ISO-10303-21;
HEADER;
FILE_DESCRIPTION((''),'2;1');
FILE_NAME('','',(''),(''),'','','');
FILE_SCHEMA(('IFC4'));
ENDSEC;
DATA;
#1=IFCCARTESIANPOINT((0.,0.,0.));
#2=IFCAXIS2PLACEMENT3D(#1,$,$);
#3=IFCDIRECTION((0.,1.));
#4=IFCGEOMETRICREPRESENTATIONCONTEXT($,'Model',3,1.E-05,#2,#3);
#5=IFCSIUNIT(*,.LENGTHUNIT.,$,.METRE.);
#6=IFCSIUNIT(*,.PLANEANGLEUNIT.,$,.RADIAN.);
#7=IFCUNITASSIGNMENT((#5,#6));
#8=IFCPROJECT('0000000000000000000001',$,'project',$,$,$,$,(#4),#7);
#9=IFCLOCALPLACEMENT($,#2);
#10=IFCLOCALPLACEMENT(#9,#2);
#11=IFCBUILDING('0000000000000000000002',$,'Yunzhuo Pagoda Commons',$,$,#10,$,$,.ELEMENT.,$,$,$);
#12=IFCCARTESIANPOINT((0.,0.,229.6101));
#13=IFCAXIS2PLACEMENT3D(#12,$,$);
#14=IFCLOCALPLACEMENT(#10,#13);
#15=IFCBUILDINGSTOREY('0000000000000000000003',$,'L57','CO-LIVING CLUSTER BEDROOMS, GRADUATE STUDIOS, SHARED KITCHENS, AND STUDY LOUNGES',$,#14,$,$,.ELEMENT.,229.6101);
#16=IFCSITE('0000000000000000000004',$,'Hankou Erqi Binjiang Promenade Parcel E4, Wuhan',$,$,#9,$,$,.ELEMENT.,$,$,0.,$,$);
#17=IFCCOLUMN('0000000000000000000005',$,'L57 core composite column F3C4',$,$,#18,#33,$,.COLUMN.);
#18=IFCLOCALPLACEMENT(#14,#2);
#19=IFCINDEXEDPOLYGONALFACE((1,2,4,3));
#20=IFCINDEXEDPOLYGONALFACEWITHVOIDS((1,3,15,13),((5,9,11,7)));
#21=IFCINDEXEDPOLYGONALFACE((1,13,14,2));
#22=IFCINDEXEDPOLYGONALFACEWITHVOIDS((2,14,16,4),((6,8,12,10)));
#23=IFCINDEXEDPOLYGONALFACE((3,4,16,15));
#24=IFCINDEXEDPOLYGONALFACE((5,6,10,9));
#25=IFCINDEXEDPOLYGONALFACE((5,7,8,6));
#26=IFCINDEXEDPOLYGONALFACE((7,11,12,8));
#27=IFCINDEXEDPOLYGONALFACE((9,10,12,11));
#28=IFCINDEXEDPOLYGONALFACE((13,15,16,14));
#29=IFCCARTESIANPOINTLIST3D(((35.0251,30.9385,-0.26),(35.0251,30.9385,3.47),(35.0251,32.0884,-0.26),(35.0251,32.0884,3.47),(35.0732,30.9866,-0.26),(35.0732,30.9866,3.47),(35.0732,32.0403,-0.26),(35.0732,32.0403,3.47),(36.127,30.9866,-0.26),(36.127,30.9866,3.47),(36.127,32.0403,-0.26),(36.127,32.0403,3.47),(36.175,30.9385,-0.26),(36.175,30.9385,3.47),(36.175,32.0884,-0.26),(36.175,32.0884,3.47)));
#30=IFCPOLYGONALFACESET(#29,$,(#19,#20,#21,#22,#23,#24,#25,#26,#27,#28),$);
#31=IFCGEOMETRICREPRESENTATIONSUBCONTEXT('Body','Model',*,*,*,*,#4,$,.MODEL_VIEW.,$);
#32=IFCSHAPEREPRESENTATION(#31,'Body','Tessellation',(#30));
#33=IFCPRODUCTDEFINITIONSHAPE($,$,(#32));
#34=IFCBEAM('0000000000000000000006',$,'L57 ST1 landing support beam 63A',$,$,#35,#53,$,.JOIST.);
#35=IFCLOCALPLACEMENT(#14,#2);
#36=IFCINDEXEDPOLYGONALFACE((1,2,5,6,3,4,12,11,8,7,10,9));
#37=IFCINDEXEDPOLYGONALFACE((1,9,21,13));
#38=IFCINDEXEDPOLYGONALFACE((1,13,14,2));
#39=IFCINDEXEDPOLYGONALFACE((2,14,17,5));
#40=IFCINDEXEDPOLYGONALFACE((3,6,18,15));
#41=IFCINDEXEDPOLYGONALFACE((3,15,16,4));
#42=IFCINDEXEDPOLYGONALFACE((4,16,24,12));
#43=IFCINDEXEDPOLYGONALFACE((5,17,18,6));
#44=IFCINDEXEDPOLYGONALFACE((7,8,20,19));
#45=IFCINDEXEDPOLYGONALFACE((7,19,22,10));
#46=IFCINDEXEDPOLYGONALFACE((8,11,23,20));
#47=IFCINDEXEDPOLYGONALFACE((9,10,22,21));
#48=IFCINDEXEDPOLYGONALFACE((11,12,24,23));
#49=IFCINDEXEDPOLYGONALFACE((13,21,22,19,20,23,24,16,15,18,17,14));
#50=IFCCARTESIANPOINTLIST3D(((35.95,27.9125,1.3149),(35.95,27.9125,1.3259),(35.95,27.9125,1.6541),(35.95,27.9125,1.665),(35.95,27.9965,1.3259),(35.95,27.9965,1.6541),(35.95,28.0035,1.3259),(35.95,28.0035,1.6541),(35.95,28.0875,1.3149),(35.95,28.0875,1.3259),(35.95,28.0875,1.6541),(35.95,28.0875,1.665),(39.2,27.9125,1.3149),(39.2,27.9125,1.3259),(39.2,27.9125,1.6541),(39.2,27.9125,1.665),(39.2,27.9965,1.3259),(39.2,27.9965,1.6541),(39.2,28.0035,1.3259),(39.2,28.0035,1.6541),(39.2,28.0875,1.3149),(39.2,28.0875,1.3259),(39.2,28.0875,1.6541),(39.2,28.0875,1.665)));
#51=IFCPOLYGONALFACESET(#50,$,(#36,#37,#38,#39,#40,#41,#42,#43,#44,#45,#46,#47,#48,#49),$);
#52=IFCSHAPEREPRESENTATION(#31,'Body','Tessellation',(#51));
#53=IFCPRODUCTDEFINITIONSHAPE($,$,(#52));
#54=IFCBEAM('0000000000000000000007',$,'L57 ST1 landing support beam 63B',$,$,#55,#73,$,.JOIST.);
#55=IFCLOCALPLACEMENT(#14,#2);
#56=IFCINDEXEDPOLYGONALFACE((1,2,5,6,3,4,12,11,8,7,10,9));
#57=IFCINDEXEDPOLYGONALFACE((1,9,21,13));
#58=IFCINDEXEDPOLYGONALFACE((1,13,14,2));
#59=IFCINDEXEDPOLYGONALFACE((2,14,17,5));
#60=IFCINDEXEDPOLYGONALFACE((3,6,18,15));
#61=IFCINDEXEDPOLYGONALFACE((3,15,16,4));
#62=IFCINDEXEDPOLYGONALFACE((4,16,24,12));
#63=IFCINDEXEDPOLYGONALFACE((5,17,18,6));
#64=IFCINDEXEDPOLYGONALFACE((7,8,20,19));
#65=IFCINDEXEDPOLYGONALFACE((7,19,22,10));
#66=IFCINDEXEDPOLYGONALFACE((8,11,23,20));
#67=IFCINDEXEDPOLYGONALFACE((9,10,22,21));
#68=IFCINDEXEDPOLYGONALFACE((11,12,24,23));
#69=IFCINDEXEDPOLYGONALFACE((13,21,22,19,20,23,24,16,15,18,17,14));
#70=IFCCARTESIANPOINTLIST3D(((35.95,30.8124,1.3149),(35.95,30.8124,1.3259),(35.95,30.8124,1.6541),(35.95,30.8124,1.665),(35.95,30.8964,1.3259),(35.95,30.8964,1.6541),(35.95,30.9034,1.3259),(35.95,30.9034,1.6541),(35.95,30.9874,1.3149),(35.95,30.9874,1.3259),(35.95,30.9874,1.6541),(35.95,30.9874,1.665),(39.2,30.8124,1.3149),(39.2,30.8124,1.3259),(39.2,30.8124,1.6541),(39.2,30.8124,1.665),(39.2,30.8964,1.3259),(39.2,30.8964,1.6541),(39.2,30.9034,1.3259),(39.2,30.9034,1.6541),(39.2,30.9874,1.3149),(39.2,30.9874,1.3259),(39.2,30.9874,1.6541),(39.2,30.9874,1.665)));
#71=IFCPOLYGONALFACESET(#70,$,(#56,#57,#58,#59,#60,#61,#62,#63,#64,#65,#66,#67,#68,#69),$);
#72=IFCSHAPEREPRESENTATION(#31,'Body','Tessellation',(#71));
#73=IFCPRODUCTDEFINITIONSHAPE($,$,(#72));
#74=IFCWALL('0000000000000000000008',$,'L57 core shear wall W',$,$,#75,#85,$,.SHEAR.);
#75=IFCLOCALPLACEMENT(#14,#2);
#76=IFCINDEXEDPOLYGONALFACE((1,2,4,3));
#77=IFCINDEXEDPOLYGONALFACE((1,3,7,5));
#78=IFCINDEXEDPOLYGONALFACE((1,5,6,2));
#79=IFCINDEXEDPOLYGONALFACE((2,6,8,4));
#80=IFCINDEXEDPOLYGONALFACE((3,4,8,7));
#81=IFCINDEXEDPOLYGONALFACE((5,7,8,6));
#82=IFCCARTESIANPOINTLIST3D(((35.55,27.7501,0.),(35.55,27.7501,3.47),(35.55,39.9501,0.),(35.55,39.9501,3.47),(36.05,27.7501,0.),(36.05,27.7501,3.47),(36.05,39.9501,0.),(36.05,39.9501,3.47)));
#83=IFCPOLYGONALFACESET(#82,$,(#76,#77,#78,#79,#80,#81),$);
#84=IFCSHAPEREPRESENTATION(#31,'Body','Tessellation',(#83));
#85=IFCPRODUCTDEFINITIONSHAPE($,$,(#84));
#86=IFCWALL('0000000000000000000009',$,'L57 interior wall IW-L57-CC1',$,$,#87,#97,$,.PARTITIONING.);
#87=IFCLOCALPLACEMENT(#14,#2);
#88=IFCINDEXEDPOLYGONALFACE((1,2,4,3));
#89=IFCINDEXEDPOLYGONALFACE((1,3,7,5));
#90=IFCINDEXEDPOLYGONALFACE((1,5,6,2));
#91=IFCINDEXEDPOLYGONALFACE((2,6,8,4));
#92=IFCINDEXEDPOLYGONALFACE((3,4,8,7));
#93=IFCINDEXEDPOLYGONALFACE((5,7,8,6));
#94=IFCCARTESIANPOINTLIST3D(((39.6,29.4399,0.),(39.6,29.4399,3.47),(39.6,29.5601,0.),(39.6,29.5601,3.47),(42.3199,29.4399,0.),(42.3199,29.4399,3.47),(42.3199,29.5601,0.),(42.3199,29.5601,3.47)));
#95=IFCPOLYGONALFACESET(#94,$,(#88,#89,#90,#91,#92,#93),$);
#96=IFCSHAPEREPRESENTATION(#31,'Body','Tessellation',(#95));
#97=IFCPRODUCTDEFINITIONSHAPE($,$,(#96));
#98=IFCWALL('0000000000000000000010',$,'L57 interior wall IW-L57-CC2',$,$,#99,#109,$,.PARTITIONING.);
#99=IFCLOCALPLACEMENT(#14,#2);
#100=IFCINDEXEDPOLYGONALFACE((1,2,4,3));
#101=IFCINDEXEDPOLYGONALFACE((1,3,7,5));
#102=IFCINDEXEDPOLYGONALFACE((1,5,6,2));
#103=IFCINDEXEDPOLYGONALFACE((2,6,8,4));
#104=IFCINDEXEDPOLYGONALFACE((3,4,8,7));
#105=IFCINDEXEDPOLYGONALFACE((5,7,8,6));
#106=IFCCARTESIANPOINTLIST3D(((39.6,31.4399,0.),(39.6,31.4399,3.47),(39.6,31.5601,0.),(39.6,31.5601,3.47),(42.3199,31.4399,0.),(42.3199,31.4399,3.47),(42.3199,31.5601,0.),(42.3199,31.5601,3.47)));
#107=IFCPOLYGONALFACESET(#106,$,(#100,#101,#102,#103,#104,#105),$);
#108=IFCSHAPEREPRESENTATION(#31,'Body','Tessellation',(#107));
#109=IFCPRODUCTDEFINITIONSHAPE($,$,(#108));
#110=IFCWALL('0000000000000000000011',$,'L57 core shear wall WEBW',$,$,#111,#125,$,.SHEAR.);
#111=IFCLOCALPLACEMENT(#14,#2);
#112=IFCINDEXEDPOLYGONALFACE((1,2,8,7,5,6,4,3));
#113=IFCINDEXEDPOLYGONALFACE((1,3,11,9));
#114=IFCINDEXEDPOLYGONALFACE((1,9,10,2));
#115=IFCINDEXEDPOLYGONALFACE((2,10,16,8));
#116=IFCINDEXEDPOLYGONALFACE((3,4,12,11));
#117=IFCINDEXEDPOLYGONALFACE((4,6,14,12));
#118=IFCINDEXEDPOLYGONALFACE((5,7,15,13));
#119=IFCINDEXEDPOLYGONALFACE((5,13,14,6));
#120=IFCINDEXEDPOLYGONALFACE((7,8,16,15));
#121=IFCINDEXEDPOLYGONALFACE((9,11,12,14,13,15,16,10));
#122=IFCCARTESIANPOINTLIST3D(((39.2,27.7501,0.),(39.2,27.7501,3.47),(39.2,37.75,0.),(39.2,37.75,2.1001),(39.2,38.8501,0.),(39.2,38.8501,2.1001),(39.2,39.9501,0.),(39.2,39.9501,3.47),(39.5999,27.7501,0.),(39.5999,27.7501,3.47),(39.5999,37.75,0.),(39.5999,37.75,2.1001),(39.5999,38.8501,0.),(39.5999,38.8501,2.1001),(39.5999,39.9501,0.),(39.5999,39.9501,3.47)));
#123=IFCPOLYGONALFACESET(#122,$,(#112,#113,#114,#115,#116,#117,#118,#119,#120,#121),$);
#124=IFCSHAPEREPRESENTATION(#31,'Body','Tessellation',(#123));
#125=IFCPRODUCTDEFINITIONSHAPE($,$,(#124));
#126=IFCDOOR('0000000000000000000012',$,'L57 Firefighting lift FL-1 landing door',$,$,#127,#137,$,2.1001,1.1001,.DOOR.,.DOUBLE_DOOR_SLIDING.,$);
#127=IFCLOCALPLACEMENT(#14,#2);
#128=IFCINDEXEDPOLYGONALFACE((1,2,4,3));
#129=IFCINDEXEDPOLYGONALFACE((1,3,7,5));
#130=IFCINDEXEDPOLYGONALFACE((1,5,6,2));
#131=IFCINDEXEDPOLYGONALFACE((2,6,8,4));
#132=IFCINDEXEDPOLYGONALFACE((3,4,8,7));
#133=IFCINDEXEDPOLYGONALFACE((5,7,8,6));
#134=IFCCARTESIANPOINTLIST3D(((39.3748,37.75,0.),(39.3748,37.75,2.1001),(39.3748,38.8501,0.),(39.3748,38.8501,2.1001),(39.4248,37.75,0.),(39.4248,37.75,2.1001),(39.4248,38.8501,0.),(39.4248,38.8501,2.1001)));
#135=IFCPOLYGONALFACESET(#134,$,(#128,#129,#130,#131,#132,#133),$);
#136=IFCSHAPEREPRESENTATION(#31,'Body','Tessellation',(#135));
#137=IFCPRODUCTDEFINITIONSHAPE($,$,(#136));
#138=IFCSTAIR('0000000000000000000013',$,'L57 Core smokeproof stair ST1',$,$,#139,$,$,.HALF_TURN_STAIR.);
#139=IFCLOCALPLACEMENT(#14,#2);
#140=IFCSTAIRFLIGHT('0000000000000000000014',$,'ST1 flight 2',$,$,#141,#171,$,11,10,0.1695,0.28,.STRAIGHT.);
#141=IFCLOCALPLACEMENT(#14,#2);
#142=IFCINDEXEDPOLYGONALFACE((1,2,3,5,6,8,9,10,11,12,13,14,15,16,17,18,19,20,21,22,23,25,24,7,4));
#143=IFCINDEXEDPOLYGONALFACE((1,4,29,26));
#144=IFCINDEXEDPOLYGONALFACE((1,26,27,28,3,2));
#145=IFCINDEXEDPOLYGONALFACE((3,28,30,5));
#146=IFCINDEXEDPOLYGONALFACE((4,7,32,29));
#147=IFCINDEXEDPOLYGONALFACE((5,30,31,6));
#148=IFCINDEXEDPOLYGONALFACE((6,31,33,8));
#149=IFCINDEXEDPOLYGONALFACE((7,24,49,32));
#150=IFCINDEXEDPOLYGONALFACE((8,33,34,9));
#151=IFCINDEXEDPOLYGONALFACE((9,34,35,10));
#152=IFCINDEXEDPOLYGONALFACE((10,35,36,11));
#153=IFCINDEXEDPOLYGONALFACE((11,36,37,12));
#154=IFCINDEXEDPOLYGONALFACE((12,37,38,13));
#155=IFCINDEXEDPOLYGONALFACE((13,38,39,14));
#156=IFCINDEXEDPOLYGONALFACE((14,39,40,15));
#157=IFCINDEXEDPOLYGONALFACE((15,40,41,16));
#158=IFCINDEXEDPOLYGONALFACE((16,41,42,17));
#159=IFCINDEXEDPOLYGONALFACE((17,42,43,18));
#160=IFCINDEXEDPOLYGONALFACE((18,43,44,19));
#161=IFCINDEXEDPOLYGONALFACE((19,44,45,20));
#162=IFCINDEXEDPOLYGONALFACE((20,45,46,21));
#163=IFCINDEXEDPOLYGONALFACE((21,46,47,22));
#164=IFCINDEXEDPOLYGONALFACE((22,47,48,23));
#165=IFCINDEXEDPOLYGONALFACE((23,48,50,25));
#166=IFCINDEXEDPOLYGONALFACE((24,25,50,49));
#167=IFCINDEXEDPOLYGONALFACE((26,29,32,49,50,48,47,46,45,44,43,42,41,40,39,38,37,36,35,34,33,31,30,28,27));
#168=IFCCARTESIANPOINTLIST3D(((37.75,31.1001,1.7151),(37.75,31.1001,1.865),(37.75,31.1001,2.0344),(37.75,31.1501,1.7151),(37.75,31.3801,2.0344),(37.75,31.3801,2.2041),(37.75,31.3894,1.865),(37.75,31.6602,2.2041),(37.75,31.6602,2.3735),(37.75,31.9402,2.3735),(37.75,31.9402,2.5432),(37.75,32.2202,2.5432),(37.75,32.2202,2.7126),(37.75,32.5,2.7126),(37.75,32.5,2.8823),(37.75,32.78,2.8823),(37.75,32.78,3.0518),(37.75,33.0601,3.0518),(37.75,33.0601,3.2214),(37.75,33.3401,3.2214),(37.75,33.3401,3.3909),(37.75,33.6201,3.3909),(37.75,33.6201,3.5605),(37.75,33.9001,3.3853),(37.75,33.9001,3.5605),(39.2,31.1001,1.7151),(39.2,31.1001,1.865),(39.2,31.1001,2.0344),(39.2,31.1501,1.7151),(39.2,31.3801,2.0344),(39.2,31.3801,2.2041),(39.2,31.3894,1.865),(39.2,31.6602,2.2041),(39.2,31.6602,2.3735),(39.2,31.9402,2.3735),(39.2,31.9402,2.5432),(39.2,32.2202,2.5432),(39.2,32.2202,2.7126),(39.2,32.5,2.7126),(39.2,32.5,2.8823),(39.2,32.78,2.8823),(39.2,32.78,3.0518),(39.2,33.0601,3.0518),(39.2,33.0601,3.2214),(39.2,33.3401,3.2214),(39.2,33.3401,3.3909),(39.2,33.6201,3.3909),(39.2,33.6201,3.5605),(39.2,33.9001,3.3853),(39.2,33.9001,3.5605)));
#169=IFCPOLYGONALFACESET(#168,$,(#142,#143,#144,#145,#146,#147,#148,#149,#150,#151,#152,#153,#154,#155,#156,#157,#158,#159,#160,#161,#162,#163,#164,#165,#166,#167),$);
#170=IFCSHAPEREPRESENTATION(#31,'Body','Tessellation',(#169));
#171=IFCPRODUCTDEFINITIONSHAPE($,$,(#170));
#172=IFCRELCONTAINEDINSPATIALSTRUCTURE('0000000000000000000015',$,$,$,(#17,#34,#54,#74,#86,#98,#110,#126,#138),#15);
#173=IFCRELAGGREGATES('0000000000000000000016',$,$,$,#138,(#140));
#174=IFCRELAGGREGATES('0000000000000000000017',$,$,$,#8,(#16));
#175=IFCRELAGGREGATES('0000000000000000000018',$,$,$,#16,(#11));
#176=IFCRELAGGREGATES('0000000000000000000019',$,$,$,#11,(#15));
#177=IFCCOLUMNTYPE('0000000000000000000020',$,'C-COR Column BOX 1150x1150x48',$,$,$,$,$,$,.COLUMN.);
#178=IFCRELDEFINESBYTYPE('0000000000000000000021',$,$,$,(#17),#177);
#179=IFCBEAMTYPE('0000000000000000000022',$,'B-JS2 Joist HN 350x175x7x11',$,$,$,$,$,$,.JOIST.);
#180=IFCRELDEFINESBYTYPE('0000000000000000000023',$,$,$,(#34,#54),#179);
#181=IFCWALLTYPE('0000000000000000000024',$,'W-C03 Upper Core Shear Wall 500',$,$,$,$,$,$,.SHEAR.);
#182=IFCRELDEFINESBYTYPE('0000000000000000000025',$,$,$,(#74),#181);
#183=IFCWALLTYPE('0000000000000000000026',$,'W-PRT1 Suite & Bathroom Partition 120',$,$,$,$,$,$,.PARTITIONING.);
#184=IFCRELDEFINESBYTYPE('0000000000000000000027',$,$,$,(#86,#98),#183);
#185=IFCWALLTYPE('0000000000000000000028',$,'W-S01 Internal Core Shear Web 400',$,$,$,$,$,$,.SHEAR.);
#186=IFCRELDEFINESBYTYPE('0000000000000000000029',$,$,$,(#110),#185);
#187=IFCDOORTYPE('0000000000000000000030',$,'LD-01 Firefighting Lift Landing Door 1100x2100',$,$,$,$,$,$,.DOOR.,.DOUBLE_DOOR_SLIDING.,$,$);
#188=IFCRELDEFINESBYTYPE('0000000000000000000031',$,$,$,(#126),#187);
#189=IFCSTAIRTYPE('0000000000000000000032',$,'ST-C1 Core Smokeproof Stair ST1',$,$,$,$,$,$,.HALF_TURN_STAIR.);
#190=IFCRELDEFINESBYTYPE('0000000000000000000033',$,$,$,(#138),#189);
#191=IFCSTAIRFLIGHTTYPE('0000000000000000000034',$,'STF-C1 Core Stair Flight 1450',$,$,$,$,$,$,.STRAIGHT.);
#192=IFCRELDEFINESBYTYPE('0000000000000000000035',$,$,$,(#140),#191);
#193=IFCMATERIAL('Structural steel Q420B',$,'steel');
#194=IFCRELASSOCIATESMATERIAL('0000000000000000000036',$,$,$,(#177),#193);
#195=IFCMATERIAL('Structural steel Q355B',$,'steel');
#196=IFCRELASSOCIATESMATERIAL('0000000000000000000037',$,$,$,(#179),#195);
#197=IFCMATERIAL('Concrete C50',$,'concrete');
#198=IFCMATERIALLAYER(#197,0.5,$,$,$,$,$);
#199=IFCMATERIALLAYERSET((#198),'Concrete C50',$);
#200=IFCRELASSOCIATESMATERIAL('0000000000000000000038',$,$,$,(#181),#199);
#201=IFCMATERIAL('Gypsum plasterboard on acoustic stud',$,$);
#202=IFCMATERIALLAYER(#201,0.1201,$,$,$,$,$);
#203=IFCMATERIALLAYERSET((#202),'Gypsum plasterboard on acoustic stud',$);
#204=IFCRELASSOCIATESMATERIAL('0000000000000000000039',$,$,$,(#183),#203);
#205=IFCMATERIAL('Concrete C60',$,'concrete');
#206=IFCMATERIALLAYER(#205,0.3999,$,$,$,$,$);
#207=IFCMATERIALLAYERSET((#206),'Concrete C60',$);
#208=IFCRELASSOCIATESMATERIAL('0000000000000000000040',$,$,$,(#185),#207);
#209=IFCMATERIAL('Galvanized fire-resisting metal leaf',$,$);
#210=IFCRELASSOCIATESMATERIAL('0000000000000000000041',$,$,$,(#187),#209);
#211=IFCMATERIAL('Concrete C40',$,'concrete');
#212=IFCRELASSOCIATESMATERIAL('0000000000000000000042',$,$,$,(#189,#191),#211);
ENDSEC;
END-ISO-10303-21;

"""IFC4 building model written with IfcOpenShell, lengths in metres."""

from ifc_helpers import new_model, si_unit, direction, frame, frame_2d, origin, origin_2d, place, context, subcontext, project, spatial, polyline, rectangle, hollow_rectangle, i_section, outline, extrude, source, transform, mapped, material, layer, layer_set, material_profile, profile_set, type_object, element, fill, aggregate, save


model = new_model("IFC4")

# Units and contexts
model_context = context("Model", 3, precision=1e-05, world=origin(), true_north=direction((0.0, 1.0)))
body_context = subcontext(model_context, "Body", "Model", "MODEL_VIEW")
ifc_project = project(units=[si_unit("LENGTHUNIT", "METRE"), si_unit("PLANEANGLEUNIT", "RADIAN")], contexts=[model_context])

# Site, building, storey
site_placement = place(None, origin())
site = spatial("IfcSite", under=ifc_project, at=site_placement, Name="Hankou Erqi Binjiang Promenade Parcel E4, Wuhan", CompositionType="ELEMENT", RefElevation=0.0)
building_placement = place(site_placement, origin())
building = spatial("IfcBuilding", under=site, at=building_placement, Name="Yunzhuo Pagoda Commons", CompositionType="ELEMENT")
storey_placement = place(building_placement, frame((0.0, 0.0, 229.6101)))
storey = spatial("IfcBuildingStorey", under=building, at=storey_placement, Name="L57", Description="CO-LIVING CLUSTER BEDROOMS, GRADUATE STUDIOS, SHARED KITCHENS, AND STUDY LOUNGES", CompositionType="ELEMENT", Elevation=229.6101)

# Column
ifc_material_1 = material(Name="Structural steel Q420B", Category="steel")
ifc_material_profile_1 = material_profile(ifc_material_1, hollow_rectangle(XDim=1.1499, YDim=1.1499, WallThickness=0.0481, at=origin_2d()), Name="Structural steel Q420B")
ifc_profile_set_1 = profile_set([ifc_material_profile_1], Name="Structural steel Q420B")
column_type = type_object("IfcColumnType", Name="C-COR Column BOX 1150x1150x48", PredefinedType="COLUMN", material=ifc_profile_set_1)
shared_shape_1 = source(origin(), body_context, "Body", "SweptSolid", [
    extrude(hollow_rectangle(XDim=1.1499, YDim=1.1499, WallThickness=0.0481, at=origin_2d()), origin(), (0.0, 0.0, 1.0), 3.73),
])
column_placement = place(storey_placement, frame((35.6001, 31.5134, -0.26), z_axis=(0.0, 0.0, 1.0), x_axis=(1.0, 0.0, 0.0)))
element("IfcColumn", 1, at=column_placement, inside=storey, type_object=column_type, Name="L57 core composite column F3C4", PredefinedType="COLUMN", context=body_context, shape_type="MappedRepresentation", body=[
    mapped(shared_shape_1, transform((0.0, 0.0, 0.0), scale=1.0)),
])

# Beams
ifc_material_2 = material(Name="Structural steel Q355B", Category="steel")
ifc_material_profile_2 = material_profile(ifc_material_2, i_section(OverallWidth=0.175, OverallDepth=0.3501, WebThickness=0.0071, FlangeThickness=0.011, at=origin_2d()), Name="Structural steel Q355B")
ifc_profile_set_2 = profile_set([ifc_material_profile_2], Name="Structural steel Q355B")
beam_type = type_object("IfcBeamType", Name="B-JS2 Joist HN 350x175x7x11", PredefinedType="JOIST", material=ifc_profile_set_2)
shared_shape_2 = source(origin(), body_context, "Body", "SweptSolid", [
    extrude(i_section(OverallWidth=0.175, OverallDepth=0.3501, WebThickness=0.0071, FlangeThickness=0.011, at=origin_2d()), origin(), (0.0, 0.0, 1.0), 3.25),
])
for number, where, z_axis, x_axis, name in (
    (2, (35.95, 28.0, 1.49), (1.0, 0.0, 0.0), (0.0, 1.0, 0.0), "L57 ST1 landing support beam 63A"),
    (3, (35.95, 30.8999, 1.49), (1.0, 0.0, 0.0), (0.0, 1.0, 0.0), "L57 ST1 landing support beam 63B"),
):
    element("IfcBeam", number, at=place(storey_placement, frame(where, z_axis=z_axis, x_axis=x_axis)), inside=storey, type_object=beam_type, Name=name, PredefinedType="JOIST", context=body_context, shape_type="MappedRepresentation", body=[
        mapped(shared_shape_2, transform((0.0, 0.0, 0.0), scale=1.0)),
    ])

# Walls
ifc_material_3 = material(Name="Concrete C50", Category="concrete")
ifc_layer_1 = layer(ifc_material_3, 0.5)
ifc_layer_set_1 = layer_set([ifc_layer_1], Name="Concrete C50")
wall_type_1 = type_object("IfcWallType", Name="W-C03 Upper Core Shear Wall 500", PredefinedType="SHEAR", material=ifc_layer_set_1)
wall_1_placement = place(storey_placement, frame((35.8, 27.75, 0.0), z_axis=(0.0, 0.0, 1.0), x_axis=(0.0, 1.0, 0.0)))
element("IfcWall", 4, at=wall_1_placement, inside=storey, type_object=wall_type_1, Name="L57 core shear wall W", PredefinedType="SHEAR", context=body_context, shape_type="SweptSolid", body=[
    extrude(rectangle(XDim=12.2, YDim=0.5, at=frame_2d((6.1001, 0.0))), origin(), (0.0, 0.0, 1.0), 3.47),
])
ifc_material_4 = material(Name="Gypsum plasterboard on acoustic stud")
ifc_layer_2 = layer(ifc_material_4, 0.1201)
ifc_layer_set_2 = layer_set([ifc_layer_2], Name="Gypsum plasterboard on acoustic stud")
wall_type_2 = type_object("IfcWallType", Name="W-PRT1 Suite & Bathroom Partition 120", PredefinedType="PARTITIONING", material=ifc_layer_set_2)
for number, where, z_axis, x_axis, name in (
    (5, (39.6001, 29.5, 0.0), (0.0, 0.0, 1.0), (1.0, 0.0, 0.0), "L57 interior wall IW-L57-CC1"),
    (6, (39.6001, 31.5, 0.0), (0.0, 0.0, 1.0), (1.0, 0.0, 0.0), "L57 interior wall IW-L57-CC2"),
):
    element("IfcWall", number, at=place(storey_placement, frame(where, z_axis=z_axis, x_axis=x_axis)), inside=storey, type_object=wall_type_2, Name=name, PredefinedType="PARTITIONING", context=body_context, shape_type="SweptSolid", body=[
        extrude(rectangle(XDim=2.72, YDim=0.1201, at=frame_2d((1.3599, 0.0))), origin(), (0.0, 0.0, 1.0), 3.47),
    ])

# Wall, opening, door
ifc_material_5 = material(Name="Concrete C60", Category="concrete")
ifc_layer_3 = layer(ifc_material_5, 0.3999)
ifc_layer_set_3 = layer_set([ifc_layer_3], Name="Concrete C60")
wall_type_3 = type_object("IfcWallType", Name="W-S01 Internal Core Shear Web 400", PredefinedType="SHEAR", material=ifc_layer_set_3)
wall_2_placement = place(storey_placement, frame((39.3999, 27.75, 0.0), z_axis=(0.0, 0.0, 1.0), x_axis=(0.0, 1.0, 0.0)))
wall_2 = element("IfcWall", 7, at=wall_2_placement, inside=storey, type_object=wall_type_3, Name="L57 core shear wall WEBW", PredefinedType="SHEAR", context=body_context, shape_type="SweptSolid", body=[
    extrude(rectangle(XDim=12.2, YDim=0.3999, at=frame_2d((6.1001, 0.0))), origin(), (0.0, 0.0, 1.0), 3.47),
])
opening_placement = place(wall_2_placement, frame((10.0, 0.0, 0.0)))
opening = element("IfcOpeningElement", 8, at=opening_placement, cuts=wall_2, PredefinedType="OPENING", context=body_context, shape_type="SweptSolid", body=[
    extrude(rectangle(XDim=1.1001, YDim=2.1001, at=frame_2d((0.55, 1.05))), frame((0.0, 0.21, 0.0), z_axis=(0.0, -1.0, 0.0), x_axis=(1.0, 0.0, 0.0)), (0.0, 0.0, 1.0), 0.4199),
])
ifc_material_6 = material(Name="Galvanized fire-resisting metal leaf")
door_type = type_object("IfcDoorType", Name="LD-01 Firefighting Lift Landing Door 1100x2100", OperationType="DOUBLE_DOOR_SLIDING", PredefinedType="DOOR", material=ifc_material_6)
shared_shape_3 = source(origin(), body_context, "Body", "SweptSolid", [
    extrude(rectangle(XDim=1.1001, YDim=2.1001, at=frame_2d((0.55, 1.05))), frame((0.0, 0.0249, 0.0), z_axis=(0.0, -1.0, 0.0), x_axis=(1.0, 0.0, 0.0)), (0.0, 0.0, 1.0), 0.05),
])
door_placement = place(opening_placement, frame((1.1001, 0.0, 0.0), z_axis=(0.0, 0.0, 1.0), x_axis=(-1.0, 0.0, 0.0)))
door = element("IfcDoor", 9, at=door_placement, inside=storey, type_object=door_type, Name="L57 Firefighting lift FL-1 landing door", OperationType="DOUBLE_DOOR_SLIDING", OverallHeight=2.1001, OverallWidth=1.1001, PredefinedType="DOOR", context=body_context, shape_type="MappedRepresentation", body=[
    mapped(shared_shape_3, transform((0.0, 0.0, 0.0), scale=1.0)),
])
fill(opening, door)

# Stair, stair flight
ifc_material_7 = material(Name="Concrete C40", Category="concrete")
stair_type = type_object("IfcStairType", Name="ST-C1 Core Smokeproof Stair ST1", PredefinedType="HALF_TURN_STAIR", material=ifc_material_7)
stair_placement = place(storey_placement, origin())
stair = element("IfcStair", 10, at=stair_placement, inside=storey, type_object=stair_type, Name="L57 Core smokeproof stair ST1", PredefinedType="HALF_TURN_STAIR")
stair_flight_type = type_object("IfcStairFlightType", Name="STF-C1 Core Stair Flight 1450", PredefinedType="STRAIGHT", material=ifc_material_7)
shared_shape_4 = source(origin(), body_context, "Body", "SweptSolid", [
    extrude(outline(polyline([(0.0, -0.1499), (0.0, 0.0), (0.0, 0.1694), (0.28, 0.1694), (0.28, 0.3391), (0.5601, 0.3391), (0.5601, 0.5085), (0.8401, 0.5085), (0.8401, 0.6782), (1.1201, 0.6782), (1.1201, 0.8477), (1.3999, 0.8477), (1.3999, 1.0173), (1.6799, 1.0173), (1.6799, 1.1868), (1.96, 1.1868), (1.96, 1.3564), (2.24, 1.3564), (2.24, 1.5259), (2.52, 1.5259), (2.52, 1.6956), (2.8, 1.6956), (2.8, 1.865), (2.8, 1.5203), (0.2893, 0.0), (0.05, -0.1499), (0.0, -0.1499)])), frame((0.0, 0.7251, 0.0), z_axis=(0.0, -1.0, 0.0), x_axis=(1.0, 0.0, 0.0)), (0.0, 0.0, 1.0), 1.45),
])
stair_flight_placement = place(storey_placement, frame((38.4751, 31.1001, 1.865), z_axis=(0.0, 0.0, 1.0), x_axis=(0.0, 1.0, 0.0)))
stair_flight = element("IfcStairFlight", 11, at=stair_flight_placement, type_object=stair_flight_type, Name="ST1 flight 2", NumberOfRisers=11, NumberOfTreads=10, PredefinedType="STRAIGHT", RiserHeight=0.1695, TreadLength=0.28, context=body_context, shape_type="MappedRepresentation", body=[
    mapped(shared_shape_4, transform((0.0, 0.0, 0.0), scale=1.0)),
])
aggregate(stair, [stair_flight])

save(model, "model.ifc")
